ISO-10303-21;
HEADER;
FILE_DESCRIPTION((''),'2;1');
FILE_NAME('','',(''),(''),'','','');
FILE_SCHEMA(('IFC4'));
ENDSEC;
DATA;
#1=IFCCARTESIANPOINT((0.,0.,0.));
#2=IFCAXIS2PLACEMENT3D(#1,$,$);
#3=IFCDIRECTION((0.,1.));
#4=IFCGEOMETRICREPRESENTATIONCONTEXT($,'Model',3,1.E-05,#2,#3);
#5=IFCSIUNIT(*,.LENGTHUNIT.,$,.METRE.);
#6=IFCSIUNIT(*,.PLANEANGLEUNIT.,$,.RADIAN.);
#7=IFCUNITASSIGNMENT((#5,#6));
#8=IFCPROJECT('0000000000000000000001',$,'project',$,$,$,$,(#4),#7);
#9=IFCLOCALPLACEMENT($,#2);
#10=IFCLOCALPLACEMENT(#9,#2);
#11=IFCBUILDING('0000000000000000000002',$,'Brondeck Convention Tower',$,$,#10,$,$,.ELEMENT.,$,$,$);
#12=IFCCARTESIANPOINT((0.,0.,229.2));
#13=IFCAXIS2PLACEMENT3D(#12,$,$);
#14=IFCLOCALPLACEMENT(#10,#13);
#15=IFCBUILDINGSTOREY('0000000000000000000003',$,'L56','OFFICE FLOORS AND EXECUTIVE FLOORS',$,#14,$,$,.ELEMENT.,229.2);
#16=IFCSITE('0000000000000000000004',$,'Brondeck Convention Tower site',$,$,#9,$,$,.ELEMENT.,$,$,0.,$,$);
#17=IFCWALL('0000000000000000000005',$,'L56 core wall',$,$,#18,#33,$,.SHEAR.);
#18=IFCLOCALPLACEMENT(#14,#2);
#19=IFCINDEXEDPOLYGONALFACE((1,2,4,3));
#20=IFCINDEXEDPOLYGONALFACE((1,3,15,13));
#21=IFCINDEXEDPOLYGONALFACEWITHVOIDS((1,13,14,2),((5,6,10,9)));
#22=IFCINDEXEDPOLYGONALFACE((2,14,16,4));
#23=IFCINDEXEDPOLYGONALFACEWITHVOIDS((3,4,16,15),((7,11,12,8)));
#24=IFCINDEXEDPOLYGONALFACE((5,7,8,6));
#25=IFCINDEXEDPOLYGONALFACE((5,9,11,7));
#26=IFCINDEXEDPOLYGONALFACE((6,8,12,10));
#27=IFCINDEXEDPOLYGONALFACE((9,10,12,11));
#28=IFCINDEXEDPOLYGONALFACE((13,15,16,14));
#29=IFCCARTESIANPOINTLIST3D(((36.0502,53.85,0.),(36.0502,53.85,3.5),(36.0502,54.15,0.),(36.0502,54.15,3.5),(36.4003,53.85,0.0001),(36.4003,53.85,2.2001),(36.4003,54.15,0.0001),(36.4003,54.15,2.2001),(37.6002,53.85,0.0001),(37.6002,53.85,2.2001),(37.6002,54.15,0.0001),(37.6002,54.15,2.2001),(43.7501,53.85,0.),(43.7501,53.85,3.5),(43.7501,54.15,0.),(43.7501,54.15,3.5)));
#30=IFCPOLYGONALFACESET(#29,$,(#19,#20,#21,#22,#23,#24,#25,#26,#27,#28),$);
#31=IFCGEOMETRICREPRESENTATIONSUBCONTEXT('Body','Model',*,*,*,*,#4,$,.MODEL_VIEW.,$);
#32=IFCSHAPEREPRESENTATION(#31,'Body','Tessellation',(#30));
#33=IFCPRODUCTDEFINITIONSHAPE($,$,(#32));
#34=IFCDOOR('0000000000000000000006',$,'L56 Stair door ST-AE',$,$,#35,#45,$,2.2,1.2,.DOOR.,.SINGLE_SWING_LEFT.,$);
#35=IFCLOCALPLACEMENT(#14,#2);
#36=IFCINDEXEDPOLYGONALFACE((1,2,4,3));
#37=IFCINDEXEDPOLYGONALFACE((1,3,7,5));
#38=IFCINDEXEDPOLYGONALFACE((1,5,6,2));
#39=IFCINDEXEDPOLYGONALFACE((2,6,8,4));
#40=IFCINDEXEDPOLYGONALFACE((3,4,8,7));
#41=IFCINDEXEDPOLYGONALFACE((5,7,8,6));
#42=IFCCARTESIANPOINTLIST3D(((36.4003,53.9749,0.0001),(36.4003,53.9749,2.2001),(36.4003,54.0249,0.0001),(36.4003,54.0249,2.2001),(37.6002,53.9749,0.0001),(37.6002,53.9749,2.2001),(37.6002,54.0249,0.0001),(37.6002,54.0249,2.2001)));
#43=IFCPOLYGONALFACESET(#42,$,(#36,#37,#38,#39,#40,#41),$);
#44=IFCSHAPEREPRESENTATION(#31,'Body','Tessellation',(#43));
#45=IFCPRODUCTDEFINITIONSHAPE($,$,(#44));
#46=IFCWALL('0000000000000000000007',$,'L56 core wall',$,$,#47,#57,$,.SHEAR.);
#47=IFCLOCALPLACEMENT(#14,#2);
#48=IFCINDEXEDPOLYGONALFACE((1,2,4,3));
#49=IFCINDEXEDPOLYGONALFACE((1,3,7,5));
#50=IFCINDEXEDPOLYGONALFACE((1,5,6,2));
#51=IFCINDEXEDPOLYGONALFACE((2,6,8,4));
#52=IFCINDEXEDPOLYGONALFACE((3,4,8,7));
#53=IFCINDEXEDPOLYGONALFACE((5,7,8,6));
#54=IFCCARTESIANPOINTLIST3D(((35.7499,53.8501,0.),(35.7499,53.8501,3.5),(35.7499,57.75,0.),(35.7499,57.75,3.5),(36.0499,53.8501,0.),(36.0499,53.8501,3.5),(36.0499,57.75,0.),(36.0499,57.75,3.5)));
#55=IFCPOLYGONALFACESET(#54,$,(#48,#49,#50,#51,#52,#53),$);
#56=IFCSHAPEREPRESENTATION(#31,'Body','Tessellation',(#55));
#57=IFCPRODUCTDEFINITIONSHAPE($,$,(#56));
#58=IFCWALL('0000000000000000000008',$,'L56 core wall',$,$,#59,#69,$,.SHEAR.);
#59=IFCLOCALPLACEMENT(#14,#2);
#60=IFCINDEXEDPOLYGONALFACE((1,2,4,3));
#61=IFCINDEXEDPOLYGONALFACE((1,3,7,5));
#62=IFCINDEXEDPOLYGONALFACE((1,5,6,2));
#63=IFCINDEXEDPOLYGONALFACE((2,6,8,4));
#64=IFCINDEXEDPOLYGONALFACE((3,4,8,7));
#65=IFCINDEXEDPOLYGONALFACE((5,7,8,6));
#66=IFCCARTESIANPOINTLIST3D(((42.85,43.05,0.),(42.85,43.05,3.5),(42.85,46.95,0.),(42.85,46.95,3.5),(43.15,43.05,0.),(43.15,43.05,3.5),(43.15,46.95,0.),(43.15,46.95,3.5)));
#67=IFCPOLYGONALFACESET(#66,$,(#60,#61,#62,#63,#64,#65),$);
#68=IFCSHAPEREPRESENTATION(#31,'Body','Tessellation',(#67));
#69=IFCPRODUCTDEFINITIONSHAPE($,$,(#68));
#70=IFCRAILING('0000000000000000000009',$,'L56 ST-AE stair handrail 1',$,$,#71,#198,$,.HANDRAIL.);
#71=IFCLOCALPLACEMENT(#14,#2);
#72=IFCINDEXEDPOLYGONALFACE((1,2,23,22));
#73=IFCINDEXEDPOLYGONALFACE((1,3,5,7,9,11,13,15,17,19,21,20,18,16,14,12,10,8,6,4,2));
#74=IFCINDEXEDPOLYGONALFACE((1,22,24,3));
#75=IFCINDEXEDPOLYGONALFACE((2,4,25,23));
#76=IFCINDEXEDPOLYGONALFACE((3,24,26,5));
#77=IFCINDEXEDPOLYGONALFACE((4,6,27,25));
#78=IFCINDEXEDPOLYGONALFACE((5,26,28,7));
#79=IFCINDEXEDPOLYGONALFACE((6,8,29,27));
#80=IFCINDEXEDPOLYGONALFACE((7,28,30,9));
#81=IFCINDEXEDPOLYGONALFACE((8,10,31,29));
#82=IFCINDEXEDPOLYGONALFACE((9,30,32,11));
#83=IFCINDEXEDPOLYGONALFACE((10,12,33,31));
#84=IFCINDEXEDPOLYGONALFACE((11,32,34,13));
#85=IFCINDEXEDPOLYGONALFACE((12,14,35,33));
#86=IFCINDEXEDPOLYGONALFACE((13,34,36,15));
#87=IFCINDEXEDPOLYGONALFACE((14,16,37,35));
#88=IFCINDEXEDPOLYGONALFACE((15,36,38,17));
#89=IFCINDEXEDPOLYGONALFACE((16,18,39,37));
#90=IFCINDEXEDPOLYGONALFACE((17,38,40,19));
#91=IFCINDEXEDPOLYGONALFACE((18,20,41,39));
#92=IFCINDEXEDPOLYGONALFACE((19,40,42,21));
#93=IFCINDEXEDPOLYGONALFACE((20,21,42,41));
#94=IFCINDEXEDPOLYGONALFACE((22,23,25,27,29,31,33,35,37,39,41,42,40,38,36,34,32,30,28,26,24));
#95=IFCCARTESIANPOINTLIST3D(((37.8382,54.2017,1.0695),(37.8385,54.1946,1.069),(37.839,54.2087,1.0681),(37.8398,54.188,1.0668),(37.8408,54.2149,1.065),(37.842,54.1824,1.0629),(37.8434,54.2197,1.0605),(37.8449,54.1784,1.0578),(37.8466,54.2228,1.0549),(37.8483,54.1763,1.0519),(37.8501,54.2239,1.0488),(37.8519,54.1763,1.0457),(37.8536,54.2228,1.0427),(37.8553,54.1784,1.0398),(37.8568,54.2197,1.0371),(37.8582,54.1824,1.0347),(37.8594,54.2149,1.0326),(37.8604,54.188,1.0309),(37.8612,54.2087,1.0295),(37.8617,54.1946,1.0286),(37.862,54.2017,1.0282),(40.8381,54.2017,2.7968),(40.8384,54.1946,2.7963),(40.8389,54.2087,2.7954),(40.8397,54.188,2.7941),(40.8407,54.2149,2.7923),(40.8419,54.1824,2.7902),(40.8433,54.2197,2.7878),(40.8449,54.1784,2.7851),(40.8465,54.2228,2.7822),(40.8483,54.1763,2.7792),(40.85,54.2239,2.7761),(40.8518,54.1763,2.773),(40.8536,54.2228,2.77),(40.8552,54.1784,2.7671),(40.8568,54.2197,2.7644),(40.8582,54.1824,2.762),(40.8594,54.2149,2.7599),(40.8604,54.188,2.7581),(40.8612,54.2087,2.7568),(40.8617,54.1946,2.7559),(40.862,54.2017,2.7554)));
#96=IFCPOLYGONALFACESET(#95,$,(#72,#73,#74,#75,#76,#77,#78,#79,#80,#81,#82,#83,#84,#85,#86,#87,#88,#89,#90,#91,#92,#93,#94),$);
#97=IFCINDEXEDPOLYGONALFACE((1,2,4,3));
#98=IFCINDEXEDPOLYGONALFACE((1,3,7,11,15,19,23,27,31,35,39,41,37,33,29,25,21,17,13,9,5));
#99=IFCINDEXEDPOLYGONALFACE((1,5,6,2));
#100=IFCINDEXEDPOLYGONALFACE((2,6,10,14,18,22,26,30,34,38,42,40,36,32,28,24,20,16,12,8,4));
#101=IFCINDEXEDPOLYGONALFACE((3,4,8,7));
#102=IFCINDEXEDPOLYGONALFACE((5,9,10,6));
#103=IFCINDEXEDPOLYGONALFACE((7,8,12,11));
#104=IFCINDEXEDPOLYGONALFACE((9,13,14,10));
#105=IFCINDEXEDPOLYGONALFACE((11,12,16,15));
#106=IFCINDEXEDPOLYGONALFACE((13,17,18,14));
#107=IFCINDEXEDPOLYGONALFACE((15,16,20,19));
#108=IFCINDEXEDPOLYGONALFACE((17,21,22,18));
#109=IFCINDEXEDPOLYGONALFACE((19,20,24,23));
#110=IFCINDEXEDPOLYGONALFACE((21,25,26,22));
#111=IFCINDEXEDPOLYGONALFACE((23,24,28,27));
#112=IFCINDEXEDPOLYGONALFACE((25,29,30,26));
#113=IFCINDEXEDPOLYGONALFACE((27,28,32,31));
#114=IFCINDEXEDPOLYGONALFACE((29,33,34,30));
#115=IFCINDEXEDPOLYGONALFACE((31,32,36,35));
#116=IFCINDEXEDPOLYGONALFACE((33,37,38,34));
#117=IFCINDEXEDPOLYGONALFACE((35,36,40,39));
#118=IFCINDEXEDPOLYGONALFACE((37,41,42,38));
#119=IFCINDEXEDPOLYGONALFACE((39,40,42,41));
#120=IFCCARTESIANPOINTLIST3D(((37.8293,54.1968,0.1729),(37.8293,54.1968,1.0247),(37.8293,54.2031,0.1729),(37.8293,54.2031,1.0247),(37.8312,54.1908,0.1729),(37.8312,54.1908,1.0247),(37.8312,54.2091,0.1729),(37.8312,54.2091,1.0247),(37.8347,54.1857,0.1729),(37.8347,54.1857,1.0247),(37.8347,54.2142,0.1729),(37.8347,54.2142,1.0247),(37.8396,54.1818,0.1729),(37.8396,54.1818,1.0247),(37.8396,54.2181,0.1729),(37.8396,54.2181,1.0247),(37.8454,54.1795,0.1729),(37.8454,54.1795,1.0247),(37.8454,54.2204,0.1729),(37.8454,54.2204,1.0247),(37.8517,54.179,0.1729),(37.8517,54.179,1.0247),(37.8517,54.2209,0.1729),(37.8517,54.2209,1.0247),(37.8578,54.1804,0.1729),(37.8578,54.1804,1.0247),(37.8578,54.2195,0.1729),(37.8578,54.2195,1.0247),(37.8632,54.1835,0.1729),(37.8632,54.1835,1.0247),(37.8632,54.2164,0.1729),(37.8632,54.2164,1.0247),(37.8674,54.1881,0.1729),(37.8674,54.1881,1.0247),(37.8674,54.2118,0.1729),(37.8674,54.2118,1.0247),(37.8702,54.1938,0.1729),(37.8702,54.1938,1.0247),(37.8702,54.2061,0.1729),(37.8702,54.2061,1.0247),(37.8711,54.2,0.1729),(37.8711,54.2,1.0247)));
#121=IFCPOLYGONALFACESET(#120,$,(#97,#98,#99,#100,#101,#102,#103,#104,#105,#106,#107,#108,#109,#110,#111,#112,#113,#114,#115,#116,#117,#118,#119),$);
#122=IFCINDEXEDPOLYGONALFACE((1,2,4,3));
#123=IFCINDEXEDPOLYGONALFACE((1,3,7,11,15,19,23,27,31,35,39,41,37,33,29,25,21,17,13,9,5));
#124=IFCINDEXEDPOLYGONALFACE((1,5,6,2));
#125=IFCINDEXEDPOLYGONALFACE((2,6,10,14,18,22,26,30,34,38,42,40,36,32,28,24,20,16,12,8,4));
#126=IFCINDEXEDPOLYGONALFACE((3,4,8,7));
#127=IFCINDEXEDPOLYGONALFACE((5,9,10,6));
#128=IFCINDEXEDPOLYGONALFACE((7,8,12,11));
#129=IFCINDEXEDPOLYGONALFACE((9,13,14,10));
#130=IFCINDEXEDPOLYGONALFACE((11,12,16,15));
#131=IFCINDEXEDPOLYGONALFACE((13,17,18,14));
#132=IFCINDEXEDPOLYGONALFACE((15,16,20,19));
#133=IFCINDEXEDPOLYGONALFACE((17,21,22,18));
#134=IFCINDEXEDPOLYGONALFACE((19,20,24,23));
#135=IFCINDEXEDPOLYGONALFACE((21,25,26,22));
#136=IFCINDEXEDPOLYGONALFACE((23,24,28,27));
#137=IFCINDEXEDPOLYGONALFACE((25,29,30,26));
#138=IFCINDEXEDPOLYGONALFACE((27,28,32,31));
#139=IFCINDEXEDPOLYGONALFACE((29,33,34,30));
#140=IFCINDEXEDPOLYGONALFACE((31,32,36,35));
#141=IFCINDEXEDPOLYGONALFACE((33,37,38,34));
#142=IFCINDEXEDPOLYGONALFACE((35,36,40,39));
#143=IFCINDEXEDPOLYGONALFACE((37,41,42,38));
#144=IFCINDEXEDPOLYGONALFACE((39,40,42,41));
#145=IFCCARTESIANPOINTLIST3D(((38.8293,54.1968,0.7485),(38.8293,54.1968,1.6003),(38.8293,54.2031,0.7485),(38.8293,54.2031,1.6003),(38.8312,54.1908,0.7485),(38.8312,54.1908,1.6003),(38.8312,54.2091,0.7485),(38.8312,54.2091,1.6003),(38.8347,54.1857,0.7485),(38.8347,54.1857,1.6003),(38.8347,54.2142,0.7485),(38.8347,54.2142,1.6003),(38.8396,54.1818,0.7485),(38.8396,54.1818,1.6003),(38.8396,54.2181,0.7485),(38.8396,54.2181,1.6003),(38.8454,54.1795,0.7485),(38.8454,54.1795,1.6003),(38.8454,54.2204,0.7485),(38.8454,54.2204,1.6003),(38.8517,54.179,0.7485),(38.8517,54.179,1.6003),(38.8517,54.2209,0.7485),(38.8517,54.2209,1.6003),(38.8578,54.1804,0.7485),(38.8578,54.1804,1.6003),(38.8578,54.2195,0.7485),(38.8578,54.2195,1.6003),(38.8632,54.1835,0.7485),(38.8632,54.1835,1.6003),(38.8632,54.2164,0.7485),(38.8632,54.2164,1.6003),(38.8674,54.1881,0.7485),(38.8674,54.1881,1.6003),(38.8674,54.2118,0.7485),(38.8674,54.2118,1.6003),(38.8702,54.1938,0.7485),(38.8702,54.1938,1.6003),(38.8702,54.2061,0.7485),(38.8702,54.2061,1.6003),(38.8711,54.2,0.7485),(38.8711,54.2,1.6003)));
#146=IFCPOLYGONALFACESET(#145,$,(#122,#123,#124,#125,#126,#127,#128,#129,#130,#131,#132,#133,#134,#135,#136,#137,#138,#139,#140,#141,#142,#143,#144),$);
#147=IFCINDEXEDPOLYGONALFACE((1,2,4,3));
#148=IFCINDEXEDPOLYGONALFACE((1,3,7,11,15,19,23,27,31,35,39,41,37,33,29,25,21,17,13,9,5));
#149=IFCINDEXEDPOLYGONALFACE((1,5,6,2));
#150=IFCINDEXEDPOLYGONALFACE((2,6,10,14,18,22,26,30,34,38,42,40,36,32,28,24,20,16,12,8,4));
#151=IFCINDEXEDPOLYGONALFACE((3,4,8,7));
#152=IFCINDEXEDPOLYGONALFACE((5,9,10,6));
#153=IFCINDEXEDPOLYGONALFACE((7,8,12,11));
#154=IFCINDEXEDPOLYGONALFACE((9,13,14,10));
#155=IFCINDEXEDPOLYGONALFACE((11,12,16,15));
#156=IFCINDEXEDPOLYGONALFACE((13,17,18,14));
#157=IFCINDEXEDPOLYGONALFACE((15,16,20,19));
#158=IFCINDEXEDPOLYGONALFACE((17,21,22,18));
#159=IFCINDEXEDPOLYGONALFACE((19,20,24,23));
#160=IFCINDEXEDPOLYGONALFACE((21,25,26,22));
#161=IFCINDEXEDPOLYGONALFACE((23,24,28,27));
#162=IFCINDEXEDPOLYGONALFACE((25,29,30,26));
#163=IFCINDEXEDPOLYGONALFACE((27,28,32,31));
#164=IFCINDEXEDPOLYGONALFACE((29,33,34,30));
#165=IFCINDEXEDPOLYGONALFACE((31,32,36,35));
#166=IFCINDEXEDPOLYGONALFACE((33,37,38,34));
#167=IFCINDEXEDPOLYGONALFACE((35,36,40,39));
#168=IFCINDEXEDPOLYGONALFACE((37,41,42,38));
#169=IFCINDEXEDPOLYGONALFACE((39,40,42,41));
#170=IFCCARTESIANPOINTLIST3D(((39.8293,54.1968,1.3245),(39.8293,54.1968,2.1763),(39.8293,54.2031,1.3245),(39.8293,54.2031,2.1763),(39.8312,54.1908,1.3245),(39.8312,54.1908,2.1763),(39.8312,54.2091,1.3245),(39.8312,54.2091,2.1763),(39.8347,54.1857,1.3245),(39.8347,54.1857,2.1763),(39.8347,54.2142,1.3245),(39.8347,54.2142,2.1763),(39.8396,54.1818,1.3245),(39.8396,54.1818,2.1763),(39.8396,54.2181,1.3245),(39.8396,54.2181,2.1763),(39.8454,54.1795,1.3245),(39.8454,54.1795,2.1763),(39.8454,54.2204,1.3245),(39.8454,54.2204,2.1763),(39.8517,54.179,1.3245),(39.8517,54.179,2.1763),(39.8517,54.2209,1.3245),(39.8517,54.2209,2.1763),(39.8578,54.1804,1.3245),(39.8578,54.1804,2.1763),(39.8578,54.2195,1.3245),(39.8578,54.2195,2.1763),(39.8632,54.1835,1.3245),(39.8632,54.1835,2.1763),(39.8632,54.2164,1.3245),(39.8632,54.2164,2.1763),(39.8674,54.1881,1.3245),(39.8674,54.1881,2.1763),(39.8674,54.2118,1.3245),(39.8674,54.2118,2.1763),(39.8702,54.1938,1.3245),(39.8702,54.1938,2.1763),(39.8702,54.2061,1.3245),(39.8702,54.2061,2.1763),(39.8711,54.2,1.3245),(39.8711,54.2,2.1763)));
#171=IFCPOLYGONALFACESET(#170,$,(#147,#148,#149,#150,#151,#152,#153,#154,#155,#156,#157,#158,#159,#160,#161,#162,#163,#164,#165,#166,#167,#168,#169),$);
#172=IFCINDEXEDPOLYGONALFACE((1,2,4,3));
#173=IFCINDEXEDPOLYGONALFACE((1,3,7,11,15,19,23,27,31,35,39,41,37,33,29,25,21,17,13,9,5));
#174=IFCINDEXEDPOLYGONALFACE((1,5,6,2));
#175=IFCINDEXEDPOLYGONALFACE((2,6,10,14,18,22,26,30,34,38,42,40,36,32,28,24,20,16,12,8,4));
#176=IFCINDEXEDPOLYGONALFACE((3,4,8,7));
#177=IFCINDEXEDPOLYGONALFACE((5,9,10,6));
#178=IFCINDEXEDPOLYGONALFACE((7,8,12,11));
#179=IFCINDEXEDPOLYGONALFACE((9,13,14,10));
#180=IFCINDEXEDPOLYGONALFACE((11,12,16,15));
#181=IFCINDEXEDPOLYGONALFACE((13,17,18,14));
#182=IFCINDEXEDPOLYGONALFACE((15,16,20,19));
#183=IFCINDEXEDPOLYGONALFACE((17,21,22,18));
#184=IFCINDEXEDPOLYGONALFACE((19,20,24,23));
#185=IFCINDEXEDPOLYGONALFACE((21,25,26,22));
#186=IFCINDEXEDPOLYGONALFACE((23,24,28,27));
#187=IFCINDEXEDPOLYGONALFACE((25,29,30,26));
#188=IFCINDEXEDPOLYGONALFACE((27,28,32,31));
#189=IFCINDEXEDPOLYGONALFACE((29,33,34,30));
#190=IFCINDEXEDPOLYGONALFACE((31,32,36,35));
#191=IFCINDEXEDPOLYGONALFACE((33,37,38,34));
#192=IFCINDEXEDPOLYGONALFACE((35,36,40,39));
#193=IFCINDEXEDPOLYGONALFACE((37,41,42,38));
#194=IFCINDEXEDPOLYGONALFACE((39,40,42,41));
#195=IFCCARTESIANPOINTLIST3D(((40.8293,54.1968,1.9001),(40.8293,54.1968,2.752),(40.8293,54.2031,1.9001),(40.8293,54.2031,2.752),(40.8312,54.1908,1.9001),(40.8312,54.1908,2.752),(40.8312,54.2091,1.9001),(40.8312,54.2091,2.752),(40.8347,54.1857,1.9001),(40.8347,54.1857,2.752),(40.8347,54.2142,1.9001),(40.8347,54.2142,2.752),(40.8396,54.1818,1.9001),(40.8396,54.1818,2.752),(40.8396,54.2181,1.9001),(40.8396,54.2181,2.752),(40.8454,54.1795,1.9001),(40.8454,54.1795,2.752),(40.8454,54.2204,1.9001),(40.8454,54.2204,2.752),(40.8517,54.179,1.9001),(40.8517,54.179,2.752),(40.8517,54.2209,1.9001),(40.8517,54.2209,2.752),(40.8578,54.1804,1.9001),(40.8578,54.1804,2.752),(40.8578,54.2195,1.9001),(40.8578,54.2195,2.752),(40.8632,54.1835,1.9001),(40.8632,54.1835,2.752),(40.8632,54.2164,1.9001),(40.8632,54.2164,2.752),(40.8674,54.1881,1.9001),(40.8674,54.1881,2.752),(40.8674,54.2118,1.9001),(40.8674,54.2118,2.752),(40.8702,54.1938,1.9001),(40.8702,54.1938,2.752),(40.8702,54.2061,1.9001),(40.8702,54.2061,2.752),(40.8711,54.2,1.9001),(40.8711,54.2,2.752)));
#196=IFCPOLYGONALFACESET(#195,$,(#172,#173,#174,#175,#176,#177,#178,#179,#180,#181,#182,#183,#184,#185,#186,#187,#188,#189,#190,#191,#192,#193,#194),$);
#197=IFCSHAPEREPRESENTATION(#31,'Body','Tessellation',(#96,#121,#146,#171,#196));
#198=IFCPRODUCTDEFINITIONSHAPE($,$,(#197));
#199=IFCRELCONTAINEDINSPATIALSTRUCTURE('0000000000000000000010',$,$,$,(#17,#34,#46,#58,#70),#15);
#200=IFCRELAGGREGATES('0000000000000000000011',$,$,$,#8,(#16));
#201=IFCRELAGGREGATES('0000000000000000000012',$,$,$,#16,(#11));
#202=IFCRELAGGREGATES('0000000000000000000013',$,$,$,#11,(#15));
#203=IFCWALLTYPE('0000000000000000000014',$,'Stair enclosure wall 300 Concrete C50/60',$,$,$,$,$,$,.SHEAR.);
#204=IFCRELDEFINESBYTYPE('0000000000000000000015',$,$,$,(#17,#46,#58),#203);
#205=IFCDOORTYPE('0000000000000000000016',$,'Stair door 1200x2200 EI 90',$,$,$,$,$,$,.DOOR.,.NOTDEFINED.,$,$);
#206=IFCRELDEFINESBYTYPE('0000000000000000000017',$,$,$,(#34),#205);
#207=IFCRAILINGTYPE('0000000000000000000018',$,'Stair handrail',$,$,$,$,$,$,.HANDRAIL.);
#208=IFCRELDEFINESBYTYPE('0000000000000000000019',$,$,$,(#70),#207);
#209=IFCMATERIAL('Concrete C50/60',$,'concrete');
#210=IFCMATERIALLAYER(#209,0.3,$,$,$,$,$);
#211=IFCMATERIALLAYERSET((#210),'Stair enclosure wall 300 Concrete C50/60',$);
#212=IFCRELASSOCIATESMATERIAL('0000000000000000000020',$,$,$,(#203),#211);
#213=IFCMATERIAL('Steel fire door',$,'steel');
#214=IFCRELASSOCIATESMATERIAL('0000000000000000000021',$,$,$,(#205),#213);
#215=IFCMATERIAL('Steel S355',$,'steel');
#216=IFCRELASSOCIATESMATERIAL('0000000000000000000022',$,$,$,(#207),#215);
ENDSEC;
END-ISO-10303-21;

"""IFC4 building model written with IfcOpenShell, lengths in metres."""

from ifc_helpers import new_model, si_unit, direction, frame, frame_2d, origin, origin_2d, place, context, subcontext, project, spatial, rectangle, circle, extrude, material, layer, layer_set, type_object, element, fill, save


model = new_model("IFC4")

# Units and contexts
model_context = context("Model", 3, precision=1e-05, world=origin(), true_north=direction((0.0, 1.0)))
body_context = subcontext(model_context, "Body", "Model", "MODEL_VIEW")
ifc_project = project(units=[si_unit("LENGTHUNIT", "METRE"), si_unit("PLANEANGLEUNIT", "RADIAN")], contexts=[model_context])

# Site, building, storey
site_placement = place(None, origin())
site = spatial("IfcSite", under=ifc_project, at=site_placement, Name="Brondeck Convention Tower site", CompositionType="ELEMENT", RefElevation=0.0)
building_placement = place(site_placement, origin())
building = spatial("IfcBuilding", under=site, at=building_placement, Name="Brondeck Convention Tower", CompositionType="ELEMENT")
storey_placement = place(building_placement, frame((0.0, 0.0, 229.2)))
storey = spatial("IfcBuildingStorey", under=building, at=storey_placement, Name="L56", Description="OFFICE FLOORS AND EXECUTIVE FLOORS", CompositionType="ELEMENT", Elevation=229.2)

# Shared definitions
ifc_material_1 = material(Name="Concrete C50/60", Category="concrete")

# Shared definitions
ifc_material_2 = material(Name="Steel S355", Category="steel")

# Shared definitions
ifc_layer_1 = layer(ifc_material_1, 0.3)
ifc_layer_set_1 = layer_set([ifc_layer_1], Name="Stair enclosure wall 300 Concrete C50/60")
wall_type_1 = type_object("IfcWallType", Name="Stair enclosure wall 300 Concrete C50/60", PredefinedType="SHEAR", material=ifc_layer_set_1)
ifc_material_3 = material(Name="Steel fire door", Category="steel")
door_type_1 = type_object("IfcDoorType", Name="Stair door 1200x2200 EI 90", OperationType="NOTDEFINED", PredefinedType="DOOR", material=ifc_material_3)

# Wall, opening, door
wall_1_placement = place(storey_placement, frame((36.05, 54.0, 0.0), z_axis=(0.0, 0.0, 1.0), x_axis=(1.0, 0.0, 0.0)))
wall_1 = element("IfcWall", 1, at=wall_1_placement, inside=storey, type_object=wall_type_1, Name="L56 core wall", PredefinedType="SHEAR", context=body_context, shape_type="SweptSolid", body=[
    extrude(rectangle(XDim=7.7, YDim=0.3, at=frame_2d((3.8501, 0.0))), origin(), (0.0, 0.0, 1.0), 3.5),
])
opening_1_placement = place(wall_1_placement, frame((0.3501, 0.0, 0.0)))
opening_1 = element("IfcOpeningElement", 2, at=opening_1_placement, cuts=wall_1, PredefinedType="OPENING", context=body_context, shape_type="SweptSolid", body=[
    extrude(rectangle(XDim=1.2, YDim=2.2, at=frame_2d((0.6001, 1.1001))), frame((0.0, 0.1599, 0.0), z_axis=(0.0, -1.0, 0.0), x_axis=(1.0, 0.0, 0.0)), (0.0, 0.0, 1.0), 0.3201),
])
door_1_placement = place(opening_1_placement, origin())
door_1 = element("IfcDoor", 3, at=door_1_placement, inside=storey, type_object=door_type_1, Name="L56 Stair door ST-AE", OperationType="SINGLE_SWING_LEFT", OverallHeight=2.2, OverallWidth=1.2, PredefinedType="DOOR", context=body_context, shape_type="SweptSolid", body=[
    extrude(rectangle(XDim=1.2, YDim=2.2, at=frame_2d((0.6001, 1.1001))), frame((0.0, 0.0249, 0.0), z_axis=(0.0, -1.0, 0.0), x_axis=(1.0, 0.0, 0.0)), (0.0, 0.0, 1.0), 0.05),
])
fill(opening_1, door_1)

# Walls
for number, where, z_axis, x_axis, name in (
    (4, (35.8999, 53.8501, 0.0), (0.0, 0.0, 1.0), (0.0, 1.0, 0.0), "L56 core wall"),
    (5, (43.0, 43.05, 0.0), (0.0, 0.0, 1.0), (0.0, 1.0, 0.0), "L56 core wall"),
):
    element("IfcWall", number, at=place(storey_placement, frame(where, z_axis=z_axis, x_axis=x_axis)), inside=storey, type_object=wall_type_1, Name=name, PredefinedType="SHEAR", context=body_context, shape_type="SweptSolid", body=[
        extrude(rectangle(XDim=3.8999, YDim=0.3, at=frame_2d((1.95, 0.0))), origin(), (0.0, 0.0, 1.0), 3.5),
    ])

# Railing
railing_type = type_object("IfcRailingType", Name="Stair handrail", PredefinedType="HANDRAIL", material=ifc_material_2)
railing_placement = place(storey_placement, frame((37.8501, 54.2, 0.1729)))
element("IfcRailing", 6, at=railing_placement, inside=storey, type_object=railing_type, Name="L56 ST-AE stair handrail 1", PredefinedType="HANDRAIL", context=body_context, shape_type="SweptSolid", body=[
    extrude(circle(Radius=0.0239, at=origin_2d()), frame((0.0, 0.0, 0.876), z_axis=(0.86662, 0.0, 0.498969), x_axis=(0.0, 1.0, 0.0)), (0.0, 0.0, 1.0), 3.4617),
    extrude(circle(Radius=0.021, at=origin_2d()), origin(), (0.0, 0.0, 1.0), 0.8518),
    extrude(circle(Radius=0.021, at=origin_2d()), frame((1.0, 0.0, 0.5757)), (0.0, 0.0, 1.0), 0.8518),
    extrude(circle(Radius=0.021, at=origin_2d()), frame((2.0, 0.0, 1.1516)), (0.0, 0.0, 1.0), 0.8518),
    extrude(circle(Radius=0.021, at=origin_2d()), frame((3.0, 0.0, 1.7273)), (0.0, 0.0, 1.0), 0.8518),
])

save(model, "model.ifc")
